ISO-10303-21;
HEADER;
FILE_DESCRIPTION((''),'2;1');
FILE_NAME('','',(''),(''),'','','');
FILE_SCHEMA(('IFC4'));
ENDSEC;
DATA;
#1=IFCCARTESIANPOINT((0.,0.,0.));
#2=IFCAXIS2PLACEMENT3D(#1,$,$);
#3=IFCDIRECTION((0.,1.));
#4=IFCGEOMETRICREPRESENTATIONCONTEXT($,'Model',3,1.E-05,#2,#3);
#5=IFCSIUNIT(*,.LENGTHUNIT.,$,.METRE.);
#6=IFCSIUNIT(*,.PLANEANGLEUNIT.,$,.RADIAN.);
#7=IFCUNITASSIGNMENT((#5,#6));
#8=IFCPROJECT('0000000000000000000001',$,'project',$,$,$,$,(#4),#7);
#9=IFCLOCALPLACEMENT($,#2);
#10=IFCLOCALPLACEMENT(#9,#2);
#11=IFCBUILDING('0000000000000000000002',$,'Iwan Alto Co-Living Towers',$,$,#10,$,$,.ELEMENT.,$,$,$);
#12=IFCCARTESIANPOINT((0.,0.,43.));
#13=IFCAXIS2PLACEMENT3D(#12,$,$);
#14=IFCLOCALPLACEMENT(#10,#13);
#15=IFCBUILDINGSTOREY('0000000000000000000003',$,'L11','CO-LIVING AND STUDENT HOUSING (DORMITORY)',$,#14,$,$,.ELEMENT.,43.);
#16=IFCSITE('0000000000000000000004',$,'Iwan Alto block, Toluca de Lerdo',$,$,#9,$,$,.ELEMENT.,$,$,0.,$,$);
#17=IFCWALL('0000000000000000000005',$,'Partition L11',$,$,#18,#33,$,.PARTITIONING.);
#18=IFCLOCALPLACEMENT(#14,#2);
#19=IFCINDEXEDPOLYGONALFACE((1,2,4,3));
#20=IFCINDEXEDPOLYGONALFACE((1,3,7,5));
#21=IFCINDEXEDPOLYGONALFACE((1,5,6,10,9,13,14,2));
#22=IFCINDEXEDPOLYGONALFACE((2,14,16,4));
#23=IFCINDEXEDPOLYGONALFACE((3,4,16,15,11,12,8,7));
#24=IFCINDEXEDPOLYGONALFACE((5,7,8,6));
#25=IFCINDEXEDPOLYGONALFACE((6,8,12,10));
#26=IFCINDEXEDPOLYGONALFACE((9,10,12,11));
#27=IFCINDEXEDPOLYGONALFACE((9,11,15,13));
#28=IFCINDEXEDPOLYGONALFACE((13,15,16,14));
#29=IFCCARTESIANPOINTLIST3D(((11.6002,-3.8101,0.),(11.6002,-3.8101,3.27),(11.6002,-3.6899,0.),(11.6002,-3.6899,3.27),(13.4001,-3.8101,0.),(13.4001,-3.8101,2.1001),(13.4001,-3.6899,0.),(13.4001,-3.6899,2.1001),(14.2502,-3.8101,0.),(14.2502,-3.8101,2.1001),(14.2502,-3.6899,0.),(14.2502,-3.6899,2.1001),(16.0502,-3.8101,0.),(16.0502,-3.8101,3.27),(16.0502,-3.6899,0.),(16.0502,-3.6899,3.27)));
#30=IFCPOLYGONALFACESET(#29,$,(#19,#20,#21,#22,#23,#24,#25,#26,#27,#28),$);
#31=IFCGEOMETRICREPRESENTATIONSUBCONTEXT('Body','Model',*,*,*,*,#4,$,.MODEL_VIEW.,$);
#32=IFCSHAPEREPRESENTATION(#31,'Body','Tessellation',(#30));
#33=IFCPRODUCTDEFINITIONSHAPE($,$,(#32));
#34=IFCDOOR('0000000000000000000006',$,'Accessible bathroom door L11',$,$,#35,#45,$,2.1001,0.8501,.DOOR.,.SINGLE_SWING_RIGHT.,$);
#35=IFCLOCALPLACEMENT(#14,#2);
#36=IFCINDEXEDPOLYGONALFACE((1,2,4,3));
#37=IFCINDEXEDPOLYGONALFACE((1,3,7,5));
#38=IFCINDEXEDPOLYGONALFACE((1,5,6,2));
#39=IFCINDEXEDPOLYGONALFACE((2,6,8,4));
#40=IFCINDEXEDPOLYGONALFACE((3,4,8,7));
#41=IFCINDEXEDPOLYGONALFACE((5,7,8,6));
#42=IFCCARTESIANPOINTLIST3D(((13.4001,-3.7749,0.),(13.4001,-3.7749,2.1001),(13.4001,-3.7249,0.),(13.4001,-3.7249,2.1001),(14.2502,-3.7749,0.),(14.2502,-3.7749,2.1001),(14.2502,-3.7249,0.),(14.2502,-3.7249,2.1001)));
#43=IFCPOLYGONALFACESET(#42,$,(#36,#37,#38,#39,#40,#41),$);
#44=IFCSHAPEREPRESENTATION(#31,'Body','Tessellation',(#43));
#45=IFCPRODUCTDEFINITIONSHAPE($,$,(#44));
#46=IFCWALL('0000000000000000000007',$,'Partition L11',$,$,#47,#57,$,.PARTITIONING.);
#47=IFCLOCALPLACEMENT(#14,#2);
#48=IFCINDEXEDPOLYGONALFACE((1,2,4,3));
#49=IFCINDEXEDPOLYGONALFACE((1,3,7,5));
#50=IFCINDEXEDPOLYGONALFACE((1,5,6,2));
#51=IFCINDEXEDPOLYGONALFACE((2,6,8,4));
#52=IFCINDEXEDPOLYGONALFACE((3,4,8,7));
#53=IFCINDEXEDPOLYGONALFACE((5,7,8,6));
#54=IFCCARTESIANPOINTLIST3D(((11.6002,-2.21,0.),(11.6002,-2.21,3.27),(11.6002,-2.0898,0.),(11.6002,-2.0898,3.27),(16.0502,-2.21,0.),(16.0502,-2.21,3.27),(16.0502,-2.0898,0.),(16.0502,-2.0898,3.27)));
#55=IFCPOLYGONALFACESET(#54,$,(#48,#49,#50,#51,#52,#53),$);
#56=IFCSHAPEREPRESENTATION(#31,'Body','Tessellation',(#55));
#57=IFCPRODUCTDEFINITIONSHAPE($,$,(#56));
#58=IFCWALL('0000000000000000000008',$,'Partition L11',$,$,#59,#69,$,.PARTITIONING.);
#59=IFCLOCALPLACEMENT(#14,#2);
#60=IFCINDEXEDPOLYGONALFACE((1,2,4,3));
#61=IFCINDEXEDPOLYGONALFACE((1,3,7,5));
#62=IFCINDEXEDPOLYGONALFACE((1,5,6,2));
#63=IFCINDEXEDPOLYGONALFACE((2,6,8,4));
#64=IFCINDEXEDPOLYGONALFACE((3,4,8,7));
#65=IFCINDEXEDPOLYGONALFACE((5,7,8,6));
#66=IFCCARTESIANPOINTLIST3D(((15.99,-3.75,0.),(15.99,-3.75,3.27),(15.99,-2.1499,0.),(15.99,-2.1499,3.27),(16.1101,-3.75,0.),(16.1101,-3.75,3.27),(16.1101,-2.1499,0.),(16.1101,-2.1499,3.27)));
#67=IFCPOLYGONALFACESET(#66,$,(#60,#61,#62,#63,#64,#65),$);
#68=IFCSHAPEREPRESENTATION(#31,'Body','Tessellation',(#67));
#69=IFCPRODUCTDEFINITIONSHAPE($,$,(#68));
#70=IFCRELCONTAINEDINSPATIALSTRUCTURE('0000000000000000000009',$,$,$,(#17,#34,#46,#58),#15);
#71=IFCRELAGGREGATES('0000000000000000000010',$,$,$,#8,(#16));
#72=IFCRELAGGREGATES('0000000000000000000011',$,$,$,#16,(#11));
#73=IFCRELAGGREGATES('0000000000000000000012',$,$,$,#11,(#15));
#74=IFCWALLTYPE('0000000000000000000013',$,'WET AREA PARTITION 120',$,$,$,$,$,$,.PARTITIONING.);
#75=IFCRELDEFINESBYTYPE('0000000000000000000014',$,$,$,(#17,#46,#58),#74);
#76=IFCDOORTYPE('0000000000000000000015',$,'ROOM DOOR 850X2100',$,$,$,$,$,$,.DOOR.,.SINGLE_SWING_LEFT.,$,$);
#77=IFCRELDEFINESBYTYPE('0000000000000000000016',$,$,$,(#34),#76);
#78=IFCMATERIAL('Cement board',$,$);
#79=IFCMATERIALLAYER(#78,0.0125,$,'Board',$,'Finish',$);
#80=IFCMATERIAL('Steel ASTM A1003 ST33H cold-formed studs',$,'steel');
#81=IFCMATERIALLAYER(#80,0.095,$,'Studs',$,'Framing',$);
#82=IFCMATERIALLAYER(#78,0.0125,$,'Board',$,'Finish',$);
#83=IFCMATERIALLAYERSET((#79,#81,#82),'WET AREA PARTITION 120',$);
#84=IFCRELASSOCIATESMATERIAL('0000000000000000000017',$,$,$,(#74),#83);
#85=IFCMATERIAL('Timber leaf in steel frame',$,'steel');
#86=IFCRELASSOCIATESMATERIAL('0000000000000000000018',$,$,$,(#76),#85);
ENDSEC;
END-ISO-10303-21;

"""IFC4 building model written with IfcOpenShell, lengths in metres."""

from ifc_helpers import new_model, si_unit, direction, frame, frame_2d, origin, place, context, subcontext, project, spatial, rectangle, extrude, material, layer, layer_set, type_object, element, fill, save


model = new_model("IFC4")

# Units and contexts
model_context = context("Model", 3, precision=1e-05, world=origin(), true_north=direction((0.0, 1.0)))
body_context = subcontext(model_context, "Body", "Model", "MODEL_VIEW")
ifc_project = project(units=[si_unit("LENGTHUNIT", "METRE"), si_unit("PLANEANGLEUNIT", "RADIAN")], contexts=[model_context])

# Site, building, storey
site_placement = place(None, origin())
site = spatial("IfcSite", under=ifc_project, at=site_placement, Name="Iwan Alto block, Toluca de Lerdo", CompositionType="ELEMENT", RefElevation=0.0)
building_placement = place(site_placement, origin())
building = spatial("IfcBuilding", under=site, at=building_placement, Name="Iwan Alto Co-Living Towers", CompositionType="ELEMENT")
storey_placement = place(building_placement, frame((0.0, 0.0, 43.0)))
storey = spatial("IfcBuildingStorey", under=building, at=storey_placement, Name="L11", Description="CO-LIVING AND STUDENT HOUSING (DORMITORY)", CompositionType="ELEMENT", Elevation=43.0)

# Shared definitions
ifc_material_1 = material(Name="Steel ASTM A1003 ST33H cold-formed studs", Category="steel")

# Wall, opening, door
ifc_material_2 = material(Name="Cement board")
ifc_layer_1 = layer(ifc_material_2, 0.0125, Name="Board", Category="Finish")
ifc_layer_2 = layer(ifc_material_1, 0.095, Name="Studs", Category="Framing")
ifc_layer_3 = layer(ifc_material_2, 0.0125, Name="Board", Category="Finish")
ifc_layer_set_1 = layer_set([ifc_layer_1, ifc_layer_2, ifc_layer_3], Name="WET AREA PARTITION 120")
wall_type_1 = type_object("IfcWallType", Name="WET AREA PARTITION 120", PredefinedType="PARTITIONING", material=ifc_layer_set_1)
wall_1_placement = place(storey_placement, frame((11.6001, -3.75, 0.0), z_axis=(0.0, 0.0, 1.0), x_axis=(1.0, 0.0, 0.0)))
wall_1 = element("IfcWall", 1, at=wall_1_placement, inside=storey, type_object=wall_type_1, Name="Partition L11", PredefinedType="PARTITIONING", context=body_context, shape_type="SweptSolid", body=[
    extrude(rectangle(XDim=4.45, YDim=0.1201, at=frame_2d((2.2251, 0.0))), origin(), (0.0, 0.0, 1.0), 3.27),
])
opening_1_placement = place(wall_1_placement, frame((1.8, 0.0, 0.0)))
opening_1 = element("IfcOpeningElement", 2, at=opening_1_placement, cuts=wall_1, PredefinedType="OPENING", context=body_context, shape_type="SweptSolid", body=[
    extrude(rectangle(XDim=0.8501, YDim=2.1001, at=frame_2d((0.425, 1.05))), frame((0.0, 0.0701, 0.0), z_axis=(0.0, -1.0, 0.0), x_axis=(1.0, 0.0, 0.0)), (0.0, 0.0, 1.0), 0.1401),
])
ifc_material_3 = material(Name="Timber leaf in steel frame", Category="steel")
door_type_1 = type_object("IfcDoorType", Name="ROOM DOOR 850X2100", OperationType="SINGLE_SWING_LEFT", PredefinedType="DOOR", material=ifc_material_3)
door_1_placement = place(opening_1_placement, frame((0.8501, 0.0, 0.0), z_axis=(0.0, 0.0, 1.0), x_axis=(-1.0, 0.0, 0.0)))
door_1 = element("IfcDoor", 3, at=door_1_placement, inside=storey, type_object=door_type_1, Name="Accessible bathroom door L11", OperationType="SINGLE_SWING_RIGHT", OverallHeight=2.1001, OverallWidth=0.8501, PredefinedType="DOOR", context=body_context, shape_type="SweptSolid", body=[
    extrude(rectangle(XDim=0.8501, YDim=2.1001, at=frame_2d((0.425, 1.05))), frame((0.0, 0.0249, 0.0), z_axis=(0.0, -1.0, 0.0), x_axis=(1.0, 0.0, 0.0)), (0.0, 0.0, 1.0), 0.05),
])
fill(opening_1, door_1)

# Walls
wall_2_placement = place(storey_placement, frame((11.6001, -2.1499, 0.0), z_axis=(0.0, 0.0, 1.0), x_axis=(1.0, 0.0, 0.0)))
element("IfcWall", 4, at=wall_2_placement, inside=storey, type_object=wall_type_1, Name="Partition L11", PredefinedType="PARTITIONING", context=body_context, shape_type="SweptSolid", body=[
    extrude(rectangle(XDim=4.45, YDim=0.1201, at=frame_2d((2.2251, 0.0))), origin(), (0.0, 0.0, 1.0), 3.27),
])
wall_3_placement = place(storey_placement, frame((16.05, -3.75, 0.0), z_axis=(0.0, 0.0, 1.0), x_axis=(0.0, 1.0, 0.0)))
element("IfcWall", 5, at=wall_3_placement, inside=storey, type_object=wall_type_1, Name="Partition L11", PredefinedType="PARTITIONING", context=body_context, shape_type="SweptSolid", body=[
    extrude(rectangle(XDim=1.6001, YDim=0.1201, at=frame_2d((0.8, 0.0))), origin(), (0.0, 0.0, 1.0), 3.27),
])

save(model, "model.ifc")
